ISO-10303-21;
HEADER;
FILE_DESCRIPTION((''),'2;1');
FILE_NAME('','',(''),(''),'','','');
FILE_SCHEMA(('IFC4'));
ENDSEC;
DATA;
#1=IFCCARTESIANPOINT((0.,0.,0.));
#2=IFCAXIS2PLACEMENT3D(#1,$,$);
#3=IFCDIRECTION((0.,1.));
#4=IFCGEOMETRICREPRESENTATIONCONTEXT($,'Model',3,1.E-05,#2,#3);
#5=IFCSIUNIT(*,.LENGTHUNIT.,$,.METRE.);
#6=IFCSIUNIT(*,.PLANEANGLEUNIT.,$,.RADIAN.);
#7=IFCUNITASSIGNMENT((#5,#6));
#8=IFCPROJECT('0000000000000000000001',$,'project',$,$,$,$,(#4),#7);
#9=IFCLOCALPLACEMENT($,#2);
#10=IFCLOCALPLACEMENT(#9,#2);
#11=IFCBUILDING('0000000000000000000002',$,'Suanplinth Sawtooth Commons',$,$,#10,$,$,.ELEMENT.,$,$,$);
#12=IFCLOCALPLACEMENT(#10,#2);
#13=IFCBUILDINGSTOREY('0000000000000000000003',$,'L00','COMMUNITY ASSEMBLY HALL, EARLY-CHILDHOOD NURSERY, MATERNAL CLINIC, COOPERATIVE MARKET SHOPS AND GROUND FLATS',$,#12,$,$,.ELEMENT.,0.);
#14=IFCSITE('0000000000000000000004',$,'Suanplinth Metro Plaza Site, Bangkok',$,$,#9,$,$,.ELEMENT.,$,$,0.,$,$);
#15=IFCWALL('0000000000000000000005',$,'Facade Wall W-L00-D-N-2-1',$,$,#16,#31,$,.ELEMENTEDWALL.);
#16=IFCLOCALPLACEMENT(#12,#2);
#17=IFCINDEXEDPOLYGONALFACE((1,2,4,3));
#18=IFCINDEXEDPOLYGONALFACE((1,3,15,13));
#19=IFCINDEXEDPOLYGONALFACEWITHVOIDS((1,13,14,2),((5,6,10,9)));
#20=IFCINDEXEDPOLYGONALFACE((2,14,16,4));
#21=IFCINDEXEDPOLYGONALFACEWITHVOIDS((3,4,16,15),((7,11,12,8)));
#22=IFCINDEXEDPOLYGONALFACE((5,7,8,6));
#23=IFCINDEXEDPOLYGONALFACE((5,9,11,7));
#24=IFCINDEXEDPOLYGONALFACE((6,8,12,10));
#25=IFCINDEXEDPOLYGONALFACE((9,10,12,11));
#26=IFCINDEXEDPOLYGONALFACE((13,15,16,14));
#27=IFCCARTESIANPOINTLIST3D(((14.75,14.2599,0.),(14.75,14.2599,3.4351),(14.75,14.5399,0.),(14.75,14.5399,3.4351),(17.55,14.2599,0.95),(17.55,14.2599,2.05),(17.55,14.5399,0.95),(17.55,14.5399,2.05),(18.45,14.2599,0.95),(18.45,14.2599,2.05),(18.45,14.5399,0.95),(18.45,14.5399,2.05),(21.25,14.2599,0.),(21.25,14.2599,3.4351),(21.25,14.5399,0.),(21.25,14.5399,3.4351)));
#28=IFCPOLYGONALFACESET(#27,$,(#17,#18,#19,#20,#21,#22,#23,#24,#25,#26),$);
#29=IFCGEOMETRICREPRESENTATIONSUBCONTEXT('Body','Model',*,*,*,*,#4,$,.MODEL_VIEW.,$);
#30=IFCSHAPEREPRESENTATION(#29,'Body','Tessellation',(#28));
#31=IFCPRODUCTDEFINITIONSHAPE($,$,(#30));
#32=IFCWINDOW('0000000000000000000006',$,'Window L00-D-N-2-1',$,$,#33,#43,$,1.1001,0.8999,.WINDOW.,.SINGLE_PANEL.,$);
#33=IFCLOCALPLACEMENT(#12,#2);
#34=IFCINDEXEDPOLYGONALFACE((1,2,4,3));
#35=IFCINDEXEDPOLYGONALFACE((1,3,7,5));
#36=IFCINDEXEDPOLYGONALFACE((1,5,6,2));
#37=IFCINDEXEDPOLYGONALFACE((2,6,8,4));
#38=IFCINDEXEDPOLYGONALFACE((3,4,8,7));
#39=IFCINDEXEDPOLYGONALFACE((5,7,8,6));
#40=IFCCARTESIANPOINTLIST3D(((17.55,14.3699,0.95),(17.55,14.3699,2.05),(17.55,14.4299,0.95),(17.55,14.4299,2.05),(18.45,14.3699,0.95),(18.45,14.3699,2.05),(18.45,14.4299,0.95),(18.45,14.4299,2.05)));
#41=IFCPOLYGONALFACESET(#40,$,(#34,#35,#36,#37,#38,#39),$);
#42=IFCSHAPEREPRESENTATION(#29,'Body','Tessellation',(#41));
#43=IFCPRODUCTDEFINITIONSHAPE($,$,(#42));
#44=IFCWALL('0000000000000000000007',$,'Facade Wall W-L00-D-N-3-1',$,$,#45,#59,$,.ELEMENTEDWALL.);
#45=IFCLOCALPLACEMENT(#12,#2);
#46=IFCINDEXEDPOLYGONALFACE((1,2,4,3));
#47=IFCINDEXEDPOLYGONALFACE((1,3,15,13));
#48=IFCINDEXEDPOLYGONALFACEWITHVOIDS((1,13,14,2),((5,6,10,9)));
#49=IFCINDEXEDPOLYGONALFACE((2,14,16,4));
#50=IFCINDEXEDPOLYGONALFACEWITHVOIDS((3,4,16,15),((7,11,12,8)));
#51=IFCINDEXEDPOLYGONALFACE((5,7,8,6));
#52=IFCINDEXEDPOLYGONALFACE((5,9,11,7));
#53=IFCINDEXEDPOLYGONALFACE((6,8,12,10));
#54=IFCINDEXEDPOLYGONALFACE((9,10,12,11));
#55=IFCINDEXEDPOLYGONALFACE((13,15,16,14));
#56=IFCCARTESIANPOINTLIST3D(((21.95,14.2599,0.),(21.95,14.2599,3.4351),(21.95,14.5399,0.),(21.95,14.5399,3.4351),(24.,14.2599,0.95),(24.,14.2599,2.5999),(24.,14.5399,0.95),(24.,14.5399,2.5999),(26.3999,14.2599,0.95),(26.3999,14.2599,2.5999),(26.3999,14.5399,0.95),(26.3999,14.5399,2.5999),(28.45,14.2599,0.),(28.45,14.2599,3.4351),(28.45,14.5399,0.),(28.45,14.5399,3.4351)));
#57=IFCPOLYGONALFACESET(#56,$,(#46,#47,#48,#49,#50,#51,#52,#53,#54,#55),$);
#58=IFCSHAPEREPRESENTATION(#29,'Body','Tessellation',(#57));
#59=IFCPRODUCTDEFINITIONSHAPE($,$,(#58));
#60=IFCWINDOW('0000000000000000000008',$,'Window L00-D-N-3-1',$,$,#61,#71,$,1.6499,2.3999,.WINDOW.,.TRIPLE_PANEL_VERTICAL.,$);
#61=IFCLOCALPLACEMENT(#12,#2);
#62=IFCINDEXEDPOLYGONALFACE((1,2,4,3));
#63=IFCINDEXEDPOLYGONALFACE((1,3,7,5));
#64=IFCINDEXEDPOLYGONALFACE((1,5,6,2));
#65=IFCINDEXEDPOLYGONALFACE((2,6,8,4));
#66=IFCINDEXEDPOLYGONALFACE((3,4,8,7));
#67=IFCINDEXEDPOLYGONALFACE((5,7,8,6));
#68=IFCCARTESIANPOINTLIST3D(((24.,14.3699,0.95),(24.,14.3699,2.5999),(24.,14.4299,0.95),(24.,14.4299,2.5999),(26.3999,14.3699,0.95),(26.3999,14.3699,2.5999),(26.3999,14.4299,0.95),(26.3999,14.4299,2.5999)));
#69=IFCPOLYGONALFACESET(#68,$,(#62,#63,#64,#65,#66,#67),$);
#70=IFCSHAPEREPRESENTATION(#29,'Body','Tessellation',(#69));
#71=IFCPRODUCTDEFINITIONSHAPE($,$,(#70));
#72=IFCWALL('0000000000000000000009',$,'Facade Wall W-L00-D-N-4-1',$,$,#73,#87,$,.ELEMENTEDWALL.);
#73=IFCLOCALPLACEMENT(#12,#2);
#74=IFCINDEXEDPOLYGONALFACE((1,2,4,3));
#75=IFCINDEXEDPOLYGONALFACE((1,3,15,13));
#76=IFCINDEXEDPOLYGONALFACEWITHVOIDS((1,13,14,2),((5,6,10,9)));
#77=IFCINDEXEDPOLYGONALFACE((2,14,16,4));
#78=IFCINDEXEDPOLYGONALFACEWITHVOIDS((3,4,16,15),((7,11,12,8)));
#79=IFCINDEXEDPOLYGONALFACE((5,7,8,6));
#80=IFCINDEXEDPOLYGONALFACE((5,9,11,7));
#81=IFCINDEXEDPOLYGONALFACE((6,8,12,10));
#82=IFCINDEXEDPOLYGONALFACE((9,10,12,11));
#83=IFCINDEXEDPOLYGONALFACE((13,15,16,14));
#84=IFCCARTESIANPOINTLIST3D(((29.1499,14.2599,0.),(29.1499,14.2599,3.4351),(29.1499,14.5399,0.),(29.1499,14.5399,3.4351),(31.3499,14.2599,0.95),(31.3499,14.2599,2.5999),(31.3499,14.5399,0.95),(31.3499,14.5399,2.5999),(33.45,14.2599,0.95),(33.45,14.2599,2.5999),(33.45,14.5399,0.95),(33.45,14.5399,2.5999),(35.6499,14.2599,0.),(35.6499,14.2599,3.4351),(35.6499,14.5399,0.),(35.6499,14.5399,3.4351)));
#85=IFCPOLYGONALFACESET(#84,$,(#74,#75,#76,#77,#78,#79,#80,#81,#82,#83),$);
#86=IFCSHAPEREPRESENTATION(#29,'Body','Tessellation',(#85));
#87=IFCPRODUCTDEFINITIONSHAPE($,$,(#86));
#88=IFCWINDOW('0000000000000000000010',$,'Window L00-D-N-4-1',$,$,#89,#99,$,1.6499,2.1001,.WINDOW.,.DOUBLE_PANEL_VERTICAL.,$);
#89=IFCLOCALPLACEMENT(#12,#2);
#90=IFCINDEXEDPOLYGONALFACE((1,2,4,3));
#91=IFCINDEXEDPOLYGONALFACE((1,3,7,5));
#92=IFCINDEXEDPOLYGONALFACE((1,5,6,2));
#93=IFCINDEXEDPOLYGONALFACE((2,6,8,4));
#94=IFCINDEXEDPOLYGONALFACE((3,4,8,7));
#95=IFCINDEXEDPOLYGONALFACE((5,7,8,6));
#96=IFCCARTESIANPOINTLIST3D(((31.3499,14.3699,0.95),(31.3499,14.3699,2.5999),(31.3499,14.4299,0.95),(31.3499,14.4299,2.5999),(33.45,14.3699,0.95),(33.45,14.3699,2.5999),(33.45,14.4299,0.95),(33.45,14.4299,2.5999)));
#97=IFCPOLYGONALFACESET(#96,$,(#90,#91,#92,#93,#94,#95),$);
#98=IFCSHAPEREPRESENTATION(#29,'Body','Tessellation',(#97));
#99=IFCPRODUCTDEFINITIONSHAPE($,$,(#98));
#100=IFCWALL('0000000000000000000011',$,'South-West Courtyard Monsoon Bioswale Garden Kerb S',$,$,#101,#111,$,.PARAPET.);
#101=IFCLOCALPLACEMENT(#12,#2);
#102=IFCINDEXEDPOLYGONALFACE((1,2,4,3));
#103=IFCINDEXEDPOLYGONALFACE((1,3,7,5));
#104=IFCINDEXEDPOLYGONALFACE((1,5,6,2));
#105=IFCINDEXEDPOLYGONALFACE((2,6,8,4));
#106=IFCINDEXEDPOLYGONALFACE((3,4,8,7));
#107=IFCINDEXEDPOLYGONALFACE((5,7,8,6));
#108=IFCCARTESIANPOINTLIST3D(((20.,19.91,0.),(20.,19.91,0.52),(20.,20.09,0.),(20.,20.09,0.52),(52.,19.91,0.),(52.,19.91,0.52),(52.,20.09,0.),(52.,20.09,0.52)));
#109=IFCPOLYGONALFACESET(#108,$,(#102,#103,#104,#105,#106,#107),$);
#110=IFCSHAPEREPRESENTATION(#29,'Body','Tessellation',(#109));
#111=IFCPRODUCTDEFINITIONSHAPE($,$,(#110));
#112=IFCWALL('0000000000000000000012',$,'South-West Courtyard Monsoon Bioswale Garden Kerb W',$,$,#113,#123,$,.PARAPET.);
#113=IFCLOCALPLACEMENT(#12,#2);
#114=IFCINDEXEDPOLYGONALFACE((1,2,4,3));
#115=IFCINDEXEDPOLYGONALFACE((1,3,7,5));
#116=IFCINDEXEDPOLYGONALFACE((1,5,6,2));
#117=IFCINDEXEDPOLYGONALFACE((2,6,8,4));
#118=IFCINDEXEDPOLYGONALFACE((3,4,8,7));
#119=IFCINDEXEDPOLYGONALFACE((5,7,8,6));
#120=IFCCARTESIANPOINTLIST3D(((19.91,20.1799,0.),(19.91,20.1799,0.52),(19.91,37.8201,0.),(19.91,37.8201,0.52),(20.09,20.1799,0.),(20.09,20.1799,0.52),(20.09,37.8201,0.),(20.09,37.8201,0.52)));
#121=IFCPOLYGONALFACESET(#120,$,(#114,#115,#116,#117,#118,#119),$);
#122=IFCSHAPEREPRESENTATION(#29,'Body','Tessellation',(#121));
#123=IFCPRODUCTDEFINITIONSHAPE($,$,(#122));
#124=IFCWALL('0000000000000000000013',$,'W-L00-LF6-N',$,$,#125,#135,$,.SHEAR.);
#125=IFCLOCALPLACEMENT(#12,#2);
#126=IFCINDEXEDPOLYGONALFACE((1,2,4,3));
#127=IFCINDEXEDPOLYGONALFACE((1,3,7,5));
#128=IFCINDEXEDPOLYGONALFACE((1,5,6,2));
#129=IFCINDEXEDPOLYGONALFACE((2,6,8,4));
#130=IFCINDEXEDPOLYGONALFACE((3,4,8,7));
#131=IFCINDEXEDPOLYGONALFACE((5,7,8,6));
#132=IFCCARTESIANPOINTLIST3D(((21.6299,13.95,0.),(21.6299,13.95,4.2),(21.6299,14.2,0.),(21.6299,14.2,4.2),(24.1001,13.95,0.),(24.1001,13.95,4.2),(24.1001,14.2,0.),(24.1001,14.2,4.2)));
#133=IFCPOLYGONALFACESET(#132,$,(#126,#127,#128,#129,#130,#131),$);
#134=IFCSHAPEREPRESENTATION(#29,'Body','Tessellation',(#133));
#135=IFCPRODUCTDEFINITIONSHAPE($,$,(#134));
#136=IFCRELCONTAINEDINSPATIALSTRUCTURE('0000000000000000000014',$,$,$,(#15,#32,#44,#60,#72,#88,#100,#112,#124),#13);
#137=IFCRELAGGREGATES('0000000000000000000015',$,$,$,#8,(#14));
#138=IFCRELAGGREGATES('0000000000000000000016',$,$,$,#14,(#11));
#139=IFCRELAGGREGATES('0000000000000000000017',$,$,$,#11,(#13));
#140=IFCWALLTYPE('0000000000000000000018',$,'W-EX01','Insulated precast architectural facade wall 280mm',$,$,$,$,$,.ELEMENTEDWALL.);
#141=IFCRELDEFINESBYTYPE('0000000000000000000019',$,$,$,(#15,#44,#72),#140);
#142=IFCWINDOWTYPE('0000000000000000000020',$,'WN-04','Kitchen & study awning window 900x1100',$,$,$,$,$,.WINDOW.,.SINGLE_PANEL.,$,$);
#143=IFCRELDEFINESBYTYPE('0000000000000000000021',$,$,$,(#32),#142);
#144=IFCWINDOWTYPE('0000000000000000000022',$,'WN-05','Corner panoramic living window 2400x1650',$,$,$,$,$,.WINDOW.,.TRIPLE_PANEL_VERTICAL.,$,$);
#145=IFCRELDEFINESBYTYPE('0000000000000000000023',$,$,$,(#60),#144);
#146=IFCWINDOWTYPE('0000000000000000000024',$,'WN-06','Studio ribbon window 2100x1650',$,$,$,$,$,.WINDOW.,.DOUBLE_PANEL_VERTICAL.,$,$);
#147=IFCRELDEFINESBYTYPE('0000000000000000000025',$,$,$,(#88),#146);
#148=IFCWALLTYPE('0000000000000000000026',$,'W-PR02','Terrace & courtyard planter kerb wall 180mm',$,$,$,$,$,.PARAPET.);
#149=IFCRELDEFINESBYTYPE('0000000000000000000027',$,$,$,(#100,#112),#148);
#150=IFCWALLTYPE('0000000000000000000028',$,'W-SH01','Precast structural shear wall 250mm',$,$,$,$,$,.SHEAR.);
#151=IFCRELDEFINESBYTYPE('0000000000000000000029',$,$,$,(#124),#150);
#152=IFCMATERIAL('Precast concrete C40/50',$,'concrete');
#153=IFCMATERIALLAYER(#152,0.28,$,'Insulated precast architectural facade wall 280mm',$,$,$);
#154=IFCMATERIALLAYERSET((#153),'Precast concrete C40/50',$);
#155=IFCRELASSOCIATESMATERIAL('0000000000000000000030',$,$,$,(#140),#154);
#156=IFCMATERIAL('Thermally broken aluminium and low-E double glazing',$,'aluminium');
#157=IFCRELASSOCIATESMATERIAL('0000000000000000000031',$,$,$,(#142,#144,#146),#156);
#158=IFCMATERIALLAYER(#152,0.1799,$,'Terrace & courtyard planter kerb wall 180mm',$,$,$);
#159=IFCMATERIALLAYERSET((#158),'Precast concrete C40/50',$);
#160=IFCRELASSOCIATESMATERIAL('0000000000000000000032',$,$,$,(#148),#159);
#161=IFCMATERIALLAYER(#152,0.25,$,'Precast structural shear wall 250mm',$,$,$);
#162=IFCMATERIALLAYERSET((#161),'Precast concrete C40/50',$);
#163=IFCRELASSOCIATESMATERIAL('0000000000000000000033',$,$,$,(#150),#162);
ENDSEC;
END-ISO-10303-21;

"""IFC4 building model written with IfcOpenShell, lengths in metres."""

from ifc_helpers import new_model, si_unit, direction, frame, frame_2d, origin, place, context, subcontext, project, spatial, rectangle, extrude, material, layer, layer_set, type_object, element, fill, save


model = new_model("IFC4")

# Units and contexts
model_context = context("Model", 3, precision=1e-05, world=origin(), true_north=direction((0.0, 1.0)))
body_context = subcontext(model_context, "Body", "Model", "MODEL_VIEW")
ifc_project = project(units=[si_unit("LENGTHUNIT", "METRE"), si_unit("PLANEANGLEUNIT", "RADIAN")], contexts=[model_context])

# Site, building, storey
site_placement = place(None, origin())
site = spatial("IfcSite", under=ifc_project, at=site_placement, Name="Suanplinth Metro Plaza Site, Bangkok", CompositionType="ELEMENT", RefElevation=0.0)
building_placement = place(site_placement, origin())
building = spatial("IfcBuilding", under=site, at=building_placement, Name="Suanplinth Sawtooth Commons", CompositionType="ELEMENT")
storey_placement = place(building_placement, origin())
storey = spatial("IfcBuildingStorey", under=building, at=storey_placement, Name="L00", Description="COMMUNITY ASSEMBLY HALL, EARLY-CHILDHOOD NURSERY, MATERNAL CLINIC, COOPERATIVE MARKET SHOPS AND GROUND FLATS", CompositionType="ELEMENT", Elevation=0.0)

# Walls, openings, windows
ifc_material_1 = material(Name="Precast concrete C40/50", Category="concrete")
ifc_layer_1 = layer(ifc_material_1, 0.28, Name="Insulated precast architectural facade wall 280mm")
ifc_layer_set_1 = layer_set([ifc_layer_1], Name="Precast concrete C40/50")
wall_type_1 = type_object("IfcWallType", Name="W-EX01", Description="Insulated precast architectural facade wall 280mm", PredefinedType="ELEMENTEDWALL", material=ifc_layer_set_1)
ifc_material_2 = material(Name="Thermally broken aluminium and low-E double glazing", Category="aluminium")
window_type_1 = type_object("IfcWindowType", Name="WN-04", Description="Kitchen & study awning window 900x1100", PartitioningType="SINGLE_PANEL", PredefinedType="WINDOW", material=ifc_material_2)
window_type_2 = type_object("IfcWindowType", Name="WN-05", Description="Corner panoramic living window 2400x1650", PartitioningType="TRIPLE_PANEL_VERTICAL", PredefinedType="WINDOW", material=ifc_material_2)
wall_1_placement = place(storey_placement, frame((14.75, 14.3999, 0.0), z_axis=(0.0, 0.0, 1.0), x_axis=(1.0, 0.0, 0.0)))
wall_1 = element("IfcWall", 1, at=wall_1_placement, inside=storey, type_object=wall_type_1, Name="Facade Wall W-L00-D-N-2-1", PredefinedType="ELEMENTEDWALL", context=body_context, shape_type="SweptSolid", body=[
    extrude(rectangle(XDim=6.5, YDim=0.28, at=frame_2d((3.25, 0.0))), origin(), (0.0, 0.0, 1.0), 3.4351),
])
opening_1_placement = place(wall_1_placement, frame((2.8, 0.0, 0.95)))
opening_1 = element("IfcOpeningElement", 2, at=opening_1_placement, cuts=wall_1, PredefinedType="OPENING", context=body_context, shape_type="SweptSolid", body=[
    extrude(rectangle(XDim=0.8999, YDim=1.1001, at=frame_2d((0.45, 0.55))), frame((0.0, 0.1548, 0.0), z_axis=(0.0, -1.0, 0.0), x_axis=(1.0, 0.0, 0.0)), (0.0, 0.0, 1.0), 0.3098),
])
window_1_placement = place(opening_1_placement, origin())
window_1 = element("IfcWindow", 3, at=window_1_placement, inside=storey, type_object=window_type_1, Name="Window L00-D-N-2-1", OverallHeight=1.1001, OverallWidth=0.8999, PartitioningType="SINGLE_PANEL", PredefinedType="WINDOW", context=body_context, shape_type="SweptSolid", body=[
    extrude(rectangle(XDim=0.8999, YDim=1.1001, at=frame_2d((0.45, 0.55))), frame((0.0, 0.03, 0.0), z_axis=(0.0, -1.0, 0.0), x_axis=(1.0, 0.0, 0.0)), (0.0, 0.0, 1.0), 0.0601),
])
fill(opening_1, window_1)
wall_2_placement = place(storey_placement, frame((21.95, 14.3999, 0.0), z_axis=(0.0, 0.0, 1.0), x_axis=(1.0, 0.0, 0.0)))
wall_2 = element("IfcWall", 4, at=wall_2_placement, inside=storey, type_object=wall_type_1, Name="Facade Wall W-L00-D-N-3-1", PredefinedType="ELEMENTEDWALL", context=body_context, shape_type="SweptSolid", body=[
    extrude(rectangle(XDim=6.5, YDim=0.28, at=frame_2d((3.25, 0.0))), origin(), (0.0, 0.0, 1.0), 3.4351),
])
opening_2_placement = place(wall_2_placement, frame((2.05, 0.0, 0.95)))
opening_2 = element("IfcOpeningElement", 5, at=opening_2_placement, cuts=wall_2, PredefinedType="OPENING", context=body_context, shape_type="SweptSolid", body=[
    extrude(rectangle(XDim=2.3999, YDim=1.6499, at=frame_2d((1.2, 0.825))), frame((0.0, 0.1548, 0.0), z_axis=(0.0, -1.0, 0.0), x_axis=(1.0, 0.0, 0.0)), (0.0, 0.0, 1.0), 0.3098),
])
window_2_placement = place(opening_2_placement, origin())
window_2 = element("IfcWindow", 6, at=window_2_placement, inside=storey, type_object=window_type_2, Name="Window L00-D-N-3-1", OverallHeight=1.6499, OverallWidth=2.3999, PartitioningType="TRIPLE_PANEL_VERTICAL", PredefinedType="WINDOW", context=body_context, shape_type="SweptSolid", body=[
    extrude(rectangle(XDim=2.3999, YDim=1.6499, at=frame_2d((1.2, 0.825))), frame((0.0, 0.03, 0.0), z_axis=(0.0, -1.0, 0.0), x_axis=(1.0, 0.0, 0.0)), (0.0, 0.0, 1.0), 0.0601),
])
fill(opening_2, window_2)
wall_3_placement = place(storey_placement, frame((29.1499, 14.3999, 0.0), z_axis=(0.0, 0.0, 1.0), x_axis=(1.0, 0.0, 0.0)))
wall_3 = element("IfcWall", 7, at=wall_3_placement, inside=storey, type_object=wall_type_1, Name="Facade Wall W-L00-D-N-4-1", PredefinedType="ELEMENTEDWALL", context=body_context, shape_type="SweptSolid", body=[
    extrude(rectangle(XDim=6.5, YDim=0.28, at=frame_2d((3.25, 0.0))), origin(), (0.0, 0.0, 1.0), 3.4351),
])
opening_3_placement = place(wall_3_placement, frame((2.2, 0.0, 0.95)))
opening_3 = element("IfcOpeningElement", 8, at=opening_3_placement, cuts=wall_3, PredefinedType="OPENING", context=body_context, shape_type="SweptSolid", body=[
    extrude(rectangle(XDim=2.1001, YDim=1.6499, at=frame_2d((1.05, 0.825))), frame((0.0, 0.1548, 0.0), z_axis=(0.0, -1.0, 0.0), x_axis=(1.0, 0.0, 0.0)), (0.0, 0.0, 1.0), 0.3098),
])
window_type_3 = type_object("IfcWindowType", Name="WN-06", Description="Studio ribbon window 2100x1650", PartitioningType="DOUBLE_PANEL_VERTICAL", PredefinedType="WINDOW", material=ifc_material_2)
window_3_placement = place(opening_3_placement, origin())
window_3 = element("IfcWindow", 9, at=window_3_placement, inside=storey, type_object=window_type_3, Name="Window L00-D-N-4-1", OverallHeight=1.6499, OverallWidth=2.1001, PartitioningType="DOUBLE_PANEL_VERTICAL", PredefinedType="WINDOW", context=body_context, shape_type="SweptSolid", body=[
    extrude(rectangle(XDim=2.1001, YDim=1.6499, at=frame_2d((1.05, 0.825))), frame((0.0, 0.03, 0.0), z_axis=(0.0, -1.0, 0.0), x_axis=(1.0, 0.0, 0.0)), (0.0, 0.0, 1.0), 0.0601),
])
fill(opening_3, window_3)

# Walls
ifc_layer_2 = layer(ifc_material_1, 0.1799, Name="Terrace & courtyard planter kerb wall 180mm")
ifc_layer_set_2 = layer_set([ifc_layer_2], Name="Precast concrete C40/50")
wall_type_2 = type_object("IfcWallType", Name="W-PR02", Description="Terrace & courtyard planter kerb wall 180mm", PredefinedType="PARAPET", material=ifc_layer_set_2)
wall_4_placement = place(storey_placement, frame((20.0, 20.0, 0.0), z_axis=(0.0, 0.0, 1.0), x_axis=(1.0, 0.0, 0.0)))
element("IfcWall", 10, at=wall_4_placement, inside=storey, type_object=wall_type_2, Name="South-West Courtyard Monsoon Bioswale Garden Kerb S", PredefinedType="PARAPET", context=body_context, shape_type="SweptSolid", body=[
    extrude(rectangle(XDim=32.0, YDim=0.1799, at=frame_2d((16.0, 0.0))), origin(), (0.0, 0.0, 1.0), 0.52),
])
wall_5_placement = place(storey_placement, frame((20.0, 20.1799, 0.0), z_axis=(0.0, 0.0, 1.0), x_axis=(0.0, 1.0, 0.0)))
element("IfcWall", 11, at=wall_5_placement, inside=storey, type_object=wall_type_2, Name="South-West Courtyard Monsoon Bioswale Garden Kerb W", PredefinedType="PARAPET", context=body_context, shape_type="SweptSolid", body=[
    extrude(rectangle(XDim=17.6401, YDim=0.1799, at=frame_2d((8.8201, 0.0))), origin(), (0.0, 0.0, 1.0), 0.52),
])
ifc_layer_3 = layer(ifc_material_1, 0.25, Name="Precast structural shear wall 250mm")
ifc_layer_set_3 = layer_set([ifc_layer_3], Name="Precast concrete C40/50")
wall_type_3 = type_object("IfcWallType", Name="W-SH01", Description="Precast structural shear wall 250mm", PredefinedType="SHEAR", material=ifc_layer_set_3)
wall_6_placement = place(storey_placement, frame((21.6299, 14.075, 0.0), z_axis=(0.0, 0.0, 1.0), x_axis=(1.0, 0.0, 0.0)))
element("IfcWall", 12, at=wall_6_placement, inside=storey, type_object=wall_type_3, Name="W-L00-LF6-N", PredefinedType="SHEAR", context=body_context, shape_type="SweptSolid", body=[
    extrude(rectangle(XDim=2.4702, YDim=0.25, at=frame_2d((1.2351, 0.0))), origin(), (0.0, 0.0, 1.0), 4.2),
])

save(model, "model.ifc")
